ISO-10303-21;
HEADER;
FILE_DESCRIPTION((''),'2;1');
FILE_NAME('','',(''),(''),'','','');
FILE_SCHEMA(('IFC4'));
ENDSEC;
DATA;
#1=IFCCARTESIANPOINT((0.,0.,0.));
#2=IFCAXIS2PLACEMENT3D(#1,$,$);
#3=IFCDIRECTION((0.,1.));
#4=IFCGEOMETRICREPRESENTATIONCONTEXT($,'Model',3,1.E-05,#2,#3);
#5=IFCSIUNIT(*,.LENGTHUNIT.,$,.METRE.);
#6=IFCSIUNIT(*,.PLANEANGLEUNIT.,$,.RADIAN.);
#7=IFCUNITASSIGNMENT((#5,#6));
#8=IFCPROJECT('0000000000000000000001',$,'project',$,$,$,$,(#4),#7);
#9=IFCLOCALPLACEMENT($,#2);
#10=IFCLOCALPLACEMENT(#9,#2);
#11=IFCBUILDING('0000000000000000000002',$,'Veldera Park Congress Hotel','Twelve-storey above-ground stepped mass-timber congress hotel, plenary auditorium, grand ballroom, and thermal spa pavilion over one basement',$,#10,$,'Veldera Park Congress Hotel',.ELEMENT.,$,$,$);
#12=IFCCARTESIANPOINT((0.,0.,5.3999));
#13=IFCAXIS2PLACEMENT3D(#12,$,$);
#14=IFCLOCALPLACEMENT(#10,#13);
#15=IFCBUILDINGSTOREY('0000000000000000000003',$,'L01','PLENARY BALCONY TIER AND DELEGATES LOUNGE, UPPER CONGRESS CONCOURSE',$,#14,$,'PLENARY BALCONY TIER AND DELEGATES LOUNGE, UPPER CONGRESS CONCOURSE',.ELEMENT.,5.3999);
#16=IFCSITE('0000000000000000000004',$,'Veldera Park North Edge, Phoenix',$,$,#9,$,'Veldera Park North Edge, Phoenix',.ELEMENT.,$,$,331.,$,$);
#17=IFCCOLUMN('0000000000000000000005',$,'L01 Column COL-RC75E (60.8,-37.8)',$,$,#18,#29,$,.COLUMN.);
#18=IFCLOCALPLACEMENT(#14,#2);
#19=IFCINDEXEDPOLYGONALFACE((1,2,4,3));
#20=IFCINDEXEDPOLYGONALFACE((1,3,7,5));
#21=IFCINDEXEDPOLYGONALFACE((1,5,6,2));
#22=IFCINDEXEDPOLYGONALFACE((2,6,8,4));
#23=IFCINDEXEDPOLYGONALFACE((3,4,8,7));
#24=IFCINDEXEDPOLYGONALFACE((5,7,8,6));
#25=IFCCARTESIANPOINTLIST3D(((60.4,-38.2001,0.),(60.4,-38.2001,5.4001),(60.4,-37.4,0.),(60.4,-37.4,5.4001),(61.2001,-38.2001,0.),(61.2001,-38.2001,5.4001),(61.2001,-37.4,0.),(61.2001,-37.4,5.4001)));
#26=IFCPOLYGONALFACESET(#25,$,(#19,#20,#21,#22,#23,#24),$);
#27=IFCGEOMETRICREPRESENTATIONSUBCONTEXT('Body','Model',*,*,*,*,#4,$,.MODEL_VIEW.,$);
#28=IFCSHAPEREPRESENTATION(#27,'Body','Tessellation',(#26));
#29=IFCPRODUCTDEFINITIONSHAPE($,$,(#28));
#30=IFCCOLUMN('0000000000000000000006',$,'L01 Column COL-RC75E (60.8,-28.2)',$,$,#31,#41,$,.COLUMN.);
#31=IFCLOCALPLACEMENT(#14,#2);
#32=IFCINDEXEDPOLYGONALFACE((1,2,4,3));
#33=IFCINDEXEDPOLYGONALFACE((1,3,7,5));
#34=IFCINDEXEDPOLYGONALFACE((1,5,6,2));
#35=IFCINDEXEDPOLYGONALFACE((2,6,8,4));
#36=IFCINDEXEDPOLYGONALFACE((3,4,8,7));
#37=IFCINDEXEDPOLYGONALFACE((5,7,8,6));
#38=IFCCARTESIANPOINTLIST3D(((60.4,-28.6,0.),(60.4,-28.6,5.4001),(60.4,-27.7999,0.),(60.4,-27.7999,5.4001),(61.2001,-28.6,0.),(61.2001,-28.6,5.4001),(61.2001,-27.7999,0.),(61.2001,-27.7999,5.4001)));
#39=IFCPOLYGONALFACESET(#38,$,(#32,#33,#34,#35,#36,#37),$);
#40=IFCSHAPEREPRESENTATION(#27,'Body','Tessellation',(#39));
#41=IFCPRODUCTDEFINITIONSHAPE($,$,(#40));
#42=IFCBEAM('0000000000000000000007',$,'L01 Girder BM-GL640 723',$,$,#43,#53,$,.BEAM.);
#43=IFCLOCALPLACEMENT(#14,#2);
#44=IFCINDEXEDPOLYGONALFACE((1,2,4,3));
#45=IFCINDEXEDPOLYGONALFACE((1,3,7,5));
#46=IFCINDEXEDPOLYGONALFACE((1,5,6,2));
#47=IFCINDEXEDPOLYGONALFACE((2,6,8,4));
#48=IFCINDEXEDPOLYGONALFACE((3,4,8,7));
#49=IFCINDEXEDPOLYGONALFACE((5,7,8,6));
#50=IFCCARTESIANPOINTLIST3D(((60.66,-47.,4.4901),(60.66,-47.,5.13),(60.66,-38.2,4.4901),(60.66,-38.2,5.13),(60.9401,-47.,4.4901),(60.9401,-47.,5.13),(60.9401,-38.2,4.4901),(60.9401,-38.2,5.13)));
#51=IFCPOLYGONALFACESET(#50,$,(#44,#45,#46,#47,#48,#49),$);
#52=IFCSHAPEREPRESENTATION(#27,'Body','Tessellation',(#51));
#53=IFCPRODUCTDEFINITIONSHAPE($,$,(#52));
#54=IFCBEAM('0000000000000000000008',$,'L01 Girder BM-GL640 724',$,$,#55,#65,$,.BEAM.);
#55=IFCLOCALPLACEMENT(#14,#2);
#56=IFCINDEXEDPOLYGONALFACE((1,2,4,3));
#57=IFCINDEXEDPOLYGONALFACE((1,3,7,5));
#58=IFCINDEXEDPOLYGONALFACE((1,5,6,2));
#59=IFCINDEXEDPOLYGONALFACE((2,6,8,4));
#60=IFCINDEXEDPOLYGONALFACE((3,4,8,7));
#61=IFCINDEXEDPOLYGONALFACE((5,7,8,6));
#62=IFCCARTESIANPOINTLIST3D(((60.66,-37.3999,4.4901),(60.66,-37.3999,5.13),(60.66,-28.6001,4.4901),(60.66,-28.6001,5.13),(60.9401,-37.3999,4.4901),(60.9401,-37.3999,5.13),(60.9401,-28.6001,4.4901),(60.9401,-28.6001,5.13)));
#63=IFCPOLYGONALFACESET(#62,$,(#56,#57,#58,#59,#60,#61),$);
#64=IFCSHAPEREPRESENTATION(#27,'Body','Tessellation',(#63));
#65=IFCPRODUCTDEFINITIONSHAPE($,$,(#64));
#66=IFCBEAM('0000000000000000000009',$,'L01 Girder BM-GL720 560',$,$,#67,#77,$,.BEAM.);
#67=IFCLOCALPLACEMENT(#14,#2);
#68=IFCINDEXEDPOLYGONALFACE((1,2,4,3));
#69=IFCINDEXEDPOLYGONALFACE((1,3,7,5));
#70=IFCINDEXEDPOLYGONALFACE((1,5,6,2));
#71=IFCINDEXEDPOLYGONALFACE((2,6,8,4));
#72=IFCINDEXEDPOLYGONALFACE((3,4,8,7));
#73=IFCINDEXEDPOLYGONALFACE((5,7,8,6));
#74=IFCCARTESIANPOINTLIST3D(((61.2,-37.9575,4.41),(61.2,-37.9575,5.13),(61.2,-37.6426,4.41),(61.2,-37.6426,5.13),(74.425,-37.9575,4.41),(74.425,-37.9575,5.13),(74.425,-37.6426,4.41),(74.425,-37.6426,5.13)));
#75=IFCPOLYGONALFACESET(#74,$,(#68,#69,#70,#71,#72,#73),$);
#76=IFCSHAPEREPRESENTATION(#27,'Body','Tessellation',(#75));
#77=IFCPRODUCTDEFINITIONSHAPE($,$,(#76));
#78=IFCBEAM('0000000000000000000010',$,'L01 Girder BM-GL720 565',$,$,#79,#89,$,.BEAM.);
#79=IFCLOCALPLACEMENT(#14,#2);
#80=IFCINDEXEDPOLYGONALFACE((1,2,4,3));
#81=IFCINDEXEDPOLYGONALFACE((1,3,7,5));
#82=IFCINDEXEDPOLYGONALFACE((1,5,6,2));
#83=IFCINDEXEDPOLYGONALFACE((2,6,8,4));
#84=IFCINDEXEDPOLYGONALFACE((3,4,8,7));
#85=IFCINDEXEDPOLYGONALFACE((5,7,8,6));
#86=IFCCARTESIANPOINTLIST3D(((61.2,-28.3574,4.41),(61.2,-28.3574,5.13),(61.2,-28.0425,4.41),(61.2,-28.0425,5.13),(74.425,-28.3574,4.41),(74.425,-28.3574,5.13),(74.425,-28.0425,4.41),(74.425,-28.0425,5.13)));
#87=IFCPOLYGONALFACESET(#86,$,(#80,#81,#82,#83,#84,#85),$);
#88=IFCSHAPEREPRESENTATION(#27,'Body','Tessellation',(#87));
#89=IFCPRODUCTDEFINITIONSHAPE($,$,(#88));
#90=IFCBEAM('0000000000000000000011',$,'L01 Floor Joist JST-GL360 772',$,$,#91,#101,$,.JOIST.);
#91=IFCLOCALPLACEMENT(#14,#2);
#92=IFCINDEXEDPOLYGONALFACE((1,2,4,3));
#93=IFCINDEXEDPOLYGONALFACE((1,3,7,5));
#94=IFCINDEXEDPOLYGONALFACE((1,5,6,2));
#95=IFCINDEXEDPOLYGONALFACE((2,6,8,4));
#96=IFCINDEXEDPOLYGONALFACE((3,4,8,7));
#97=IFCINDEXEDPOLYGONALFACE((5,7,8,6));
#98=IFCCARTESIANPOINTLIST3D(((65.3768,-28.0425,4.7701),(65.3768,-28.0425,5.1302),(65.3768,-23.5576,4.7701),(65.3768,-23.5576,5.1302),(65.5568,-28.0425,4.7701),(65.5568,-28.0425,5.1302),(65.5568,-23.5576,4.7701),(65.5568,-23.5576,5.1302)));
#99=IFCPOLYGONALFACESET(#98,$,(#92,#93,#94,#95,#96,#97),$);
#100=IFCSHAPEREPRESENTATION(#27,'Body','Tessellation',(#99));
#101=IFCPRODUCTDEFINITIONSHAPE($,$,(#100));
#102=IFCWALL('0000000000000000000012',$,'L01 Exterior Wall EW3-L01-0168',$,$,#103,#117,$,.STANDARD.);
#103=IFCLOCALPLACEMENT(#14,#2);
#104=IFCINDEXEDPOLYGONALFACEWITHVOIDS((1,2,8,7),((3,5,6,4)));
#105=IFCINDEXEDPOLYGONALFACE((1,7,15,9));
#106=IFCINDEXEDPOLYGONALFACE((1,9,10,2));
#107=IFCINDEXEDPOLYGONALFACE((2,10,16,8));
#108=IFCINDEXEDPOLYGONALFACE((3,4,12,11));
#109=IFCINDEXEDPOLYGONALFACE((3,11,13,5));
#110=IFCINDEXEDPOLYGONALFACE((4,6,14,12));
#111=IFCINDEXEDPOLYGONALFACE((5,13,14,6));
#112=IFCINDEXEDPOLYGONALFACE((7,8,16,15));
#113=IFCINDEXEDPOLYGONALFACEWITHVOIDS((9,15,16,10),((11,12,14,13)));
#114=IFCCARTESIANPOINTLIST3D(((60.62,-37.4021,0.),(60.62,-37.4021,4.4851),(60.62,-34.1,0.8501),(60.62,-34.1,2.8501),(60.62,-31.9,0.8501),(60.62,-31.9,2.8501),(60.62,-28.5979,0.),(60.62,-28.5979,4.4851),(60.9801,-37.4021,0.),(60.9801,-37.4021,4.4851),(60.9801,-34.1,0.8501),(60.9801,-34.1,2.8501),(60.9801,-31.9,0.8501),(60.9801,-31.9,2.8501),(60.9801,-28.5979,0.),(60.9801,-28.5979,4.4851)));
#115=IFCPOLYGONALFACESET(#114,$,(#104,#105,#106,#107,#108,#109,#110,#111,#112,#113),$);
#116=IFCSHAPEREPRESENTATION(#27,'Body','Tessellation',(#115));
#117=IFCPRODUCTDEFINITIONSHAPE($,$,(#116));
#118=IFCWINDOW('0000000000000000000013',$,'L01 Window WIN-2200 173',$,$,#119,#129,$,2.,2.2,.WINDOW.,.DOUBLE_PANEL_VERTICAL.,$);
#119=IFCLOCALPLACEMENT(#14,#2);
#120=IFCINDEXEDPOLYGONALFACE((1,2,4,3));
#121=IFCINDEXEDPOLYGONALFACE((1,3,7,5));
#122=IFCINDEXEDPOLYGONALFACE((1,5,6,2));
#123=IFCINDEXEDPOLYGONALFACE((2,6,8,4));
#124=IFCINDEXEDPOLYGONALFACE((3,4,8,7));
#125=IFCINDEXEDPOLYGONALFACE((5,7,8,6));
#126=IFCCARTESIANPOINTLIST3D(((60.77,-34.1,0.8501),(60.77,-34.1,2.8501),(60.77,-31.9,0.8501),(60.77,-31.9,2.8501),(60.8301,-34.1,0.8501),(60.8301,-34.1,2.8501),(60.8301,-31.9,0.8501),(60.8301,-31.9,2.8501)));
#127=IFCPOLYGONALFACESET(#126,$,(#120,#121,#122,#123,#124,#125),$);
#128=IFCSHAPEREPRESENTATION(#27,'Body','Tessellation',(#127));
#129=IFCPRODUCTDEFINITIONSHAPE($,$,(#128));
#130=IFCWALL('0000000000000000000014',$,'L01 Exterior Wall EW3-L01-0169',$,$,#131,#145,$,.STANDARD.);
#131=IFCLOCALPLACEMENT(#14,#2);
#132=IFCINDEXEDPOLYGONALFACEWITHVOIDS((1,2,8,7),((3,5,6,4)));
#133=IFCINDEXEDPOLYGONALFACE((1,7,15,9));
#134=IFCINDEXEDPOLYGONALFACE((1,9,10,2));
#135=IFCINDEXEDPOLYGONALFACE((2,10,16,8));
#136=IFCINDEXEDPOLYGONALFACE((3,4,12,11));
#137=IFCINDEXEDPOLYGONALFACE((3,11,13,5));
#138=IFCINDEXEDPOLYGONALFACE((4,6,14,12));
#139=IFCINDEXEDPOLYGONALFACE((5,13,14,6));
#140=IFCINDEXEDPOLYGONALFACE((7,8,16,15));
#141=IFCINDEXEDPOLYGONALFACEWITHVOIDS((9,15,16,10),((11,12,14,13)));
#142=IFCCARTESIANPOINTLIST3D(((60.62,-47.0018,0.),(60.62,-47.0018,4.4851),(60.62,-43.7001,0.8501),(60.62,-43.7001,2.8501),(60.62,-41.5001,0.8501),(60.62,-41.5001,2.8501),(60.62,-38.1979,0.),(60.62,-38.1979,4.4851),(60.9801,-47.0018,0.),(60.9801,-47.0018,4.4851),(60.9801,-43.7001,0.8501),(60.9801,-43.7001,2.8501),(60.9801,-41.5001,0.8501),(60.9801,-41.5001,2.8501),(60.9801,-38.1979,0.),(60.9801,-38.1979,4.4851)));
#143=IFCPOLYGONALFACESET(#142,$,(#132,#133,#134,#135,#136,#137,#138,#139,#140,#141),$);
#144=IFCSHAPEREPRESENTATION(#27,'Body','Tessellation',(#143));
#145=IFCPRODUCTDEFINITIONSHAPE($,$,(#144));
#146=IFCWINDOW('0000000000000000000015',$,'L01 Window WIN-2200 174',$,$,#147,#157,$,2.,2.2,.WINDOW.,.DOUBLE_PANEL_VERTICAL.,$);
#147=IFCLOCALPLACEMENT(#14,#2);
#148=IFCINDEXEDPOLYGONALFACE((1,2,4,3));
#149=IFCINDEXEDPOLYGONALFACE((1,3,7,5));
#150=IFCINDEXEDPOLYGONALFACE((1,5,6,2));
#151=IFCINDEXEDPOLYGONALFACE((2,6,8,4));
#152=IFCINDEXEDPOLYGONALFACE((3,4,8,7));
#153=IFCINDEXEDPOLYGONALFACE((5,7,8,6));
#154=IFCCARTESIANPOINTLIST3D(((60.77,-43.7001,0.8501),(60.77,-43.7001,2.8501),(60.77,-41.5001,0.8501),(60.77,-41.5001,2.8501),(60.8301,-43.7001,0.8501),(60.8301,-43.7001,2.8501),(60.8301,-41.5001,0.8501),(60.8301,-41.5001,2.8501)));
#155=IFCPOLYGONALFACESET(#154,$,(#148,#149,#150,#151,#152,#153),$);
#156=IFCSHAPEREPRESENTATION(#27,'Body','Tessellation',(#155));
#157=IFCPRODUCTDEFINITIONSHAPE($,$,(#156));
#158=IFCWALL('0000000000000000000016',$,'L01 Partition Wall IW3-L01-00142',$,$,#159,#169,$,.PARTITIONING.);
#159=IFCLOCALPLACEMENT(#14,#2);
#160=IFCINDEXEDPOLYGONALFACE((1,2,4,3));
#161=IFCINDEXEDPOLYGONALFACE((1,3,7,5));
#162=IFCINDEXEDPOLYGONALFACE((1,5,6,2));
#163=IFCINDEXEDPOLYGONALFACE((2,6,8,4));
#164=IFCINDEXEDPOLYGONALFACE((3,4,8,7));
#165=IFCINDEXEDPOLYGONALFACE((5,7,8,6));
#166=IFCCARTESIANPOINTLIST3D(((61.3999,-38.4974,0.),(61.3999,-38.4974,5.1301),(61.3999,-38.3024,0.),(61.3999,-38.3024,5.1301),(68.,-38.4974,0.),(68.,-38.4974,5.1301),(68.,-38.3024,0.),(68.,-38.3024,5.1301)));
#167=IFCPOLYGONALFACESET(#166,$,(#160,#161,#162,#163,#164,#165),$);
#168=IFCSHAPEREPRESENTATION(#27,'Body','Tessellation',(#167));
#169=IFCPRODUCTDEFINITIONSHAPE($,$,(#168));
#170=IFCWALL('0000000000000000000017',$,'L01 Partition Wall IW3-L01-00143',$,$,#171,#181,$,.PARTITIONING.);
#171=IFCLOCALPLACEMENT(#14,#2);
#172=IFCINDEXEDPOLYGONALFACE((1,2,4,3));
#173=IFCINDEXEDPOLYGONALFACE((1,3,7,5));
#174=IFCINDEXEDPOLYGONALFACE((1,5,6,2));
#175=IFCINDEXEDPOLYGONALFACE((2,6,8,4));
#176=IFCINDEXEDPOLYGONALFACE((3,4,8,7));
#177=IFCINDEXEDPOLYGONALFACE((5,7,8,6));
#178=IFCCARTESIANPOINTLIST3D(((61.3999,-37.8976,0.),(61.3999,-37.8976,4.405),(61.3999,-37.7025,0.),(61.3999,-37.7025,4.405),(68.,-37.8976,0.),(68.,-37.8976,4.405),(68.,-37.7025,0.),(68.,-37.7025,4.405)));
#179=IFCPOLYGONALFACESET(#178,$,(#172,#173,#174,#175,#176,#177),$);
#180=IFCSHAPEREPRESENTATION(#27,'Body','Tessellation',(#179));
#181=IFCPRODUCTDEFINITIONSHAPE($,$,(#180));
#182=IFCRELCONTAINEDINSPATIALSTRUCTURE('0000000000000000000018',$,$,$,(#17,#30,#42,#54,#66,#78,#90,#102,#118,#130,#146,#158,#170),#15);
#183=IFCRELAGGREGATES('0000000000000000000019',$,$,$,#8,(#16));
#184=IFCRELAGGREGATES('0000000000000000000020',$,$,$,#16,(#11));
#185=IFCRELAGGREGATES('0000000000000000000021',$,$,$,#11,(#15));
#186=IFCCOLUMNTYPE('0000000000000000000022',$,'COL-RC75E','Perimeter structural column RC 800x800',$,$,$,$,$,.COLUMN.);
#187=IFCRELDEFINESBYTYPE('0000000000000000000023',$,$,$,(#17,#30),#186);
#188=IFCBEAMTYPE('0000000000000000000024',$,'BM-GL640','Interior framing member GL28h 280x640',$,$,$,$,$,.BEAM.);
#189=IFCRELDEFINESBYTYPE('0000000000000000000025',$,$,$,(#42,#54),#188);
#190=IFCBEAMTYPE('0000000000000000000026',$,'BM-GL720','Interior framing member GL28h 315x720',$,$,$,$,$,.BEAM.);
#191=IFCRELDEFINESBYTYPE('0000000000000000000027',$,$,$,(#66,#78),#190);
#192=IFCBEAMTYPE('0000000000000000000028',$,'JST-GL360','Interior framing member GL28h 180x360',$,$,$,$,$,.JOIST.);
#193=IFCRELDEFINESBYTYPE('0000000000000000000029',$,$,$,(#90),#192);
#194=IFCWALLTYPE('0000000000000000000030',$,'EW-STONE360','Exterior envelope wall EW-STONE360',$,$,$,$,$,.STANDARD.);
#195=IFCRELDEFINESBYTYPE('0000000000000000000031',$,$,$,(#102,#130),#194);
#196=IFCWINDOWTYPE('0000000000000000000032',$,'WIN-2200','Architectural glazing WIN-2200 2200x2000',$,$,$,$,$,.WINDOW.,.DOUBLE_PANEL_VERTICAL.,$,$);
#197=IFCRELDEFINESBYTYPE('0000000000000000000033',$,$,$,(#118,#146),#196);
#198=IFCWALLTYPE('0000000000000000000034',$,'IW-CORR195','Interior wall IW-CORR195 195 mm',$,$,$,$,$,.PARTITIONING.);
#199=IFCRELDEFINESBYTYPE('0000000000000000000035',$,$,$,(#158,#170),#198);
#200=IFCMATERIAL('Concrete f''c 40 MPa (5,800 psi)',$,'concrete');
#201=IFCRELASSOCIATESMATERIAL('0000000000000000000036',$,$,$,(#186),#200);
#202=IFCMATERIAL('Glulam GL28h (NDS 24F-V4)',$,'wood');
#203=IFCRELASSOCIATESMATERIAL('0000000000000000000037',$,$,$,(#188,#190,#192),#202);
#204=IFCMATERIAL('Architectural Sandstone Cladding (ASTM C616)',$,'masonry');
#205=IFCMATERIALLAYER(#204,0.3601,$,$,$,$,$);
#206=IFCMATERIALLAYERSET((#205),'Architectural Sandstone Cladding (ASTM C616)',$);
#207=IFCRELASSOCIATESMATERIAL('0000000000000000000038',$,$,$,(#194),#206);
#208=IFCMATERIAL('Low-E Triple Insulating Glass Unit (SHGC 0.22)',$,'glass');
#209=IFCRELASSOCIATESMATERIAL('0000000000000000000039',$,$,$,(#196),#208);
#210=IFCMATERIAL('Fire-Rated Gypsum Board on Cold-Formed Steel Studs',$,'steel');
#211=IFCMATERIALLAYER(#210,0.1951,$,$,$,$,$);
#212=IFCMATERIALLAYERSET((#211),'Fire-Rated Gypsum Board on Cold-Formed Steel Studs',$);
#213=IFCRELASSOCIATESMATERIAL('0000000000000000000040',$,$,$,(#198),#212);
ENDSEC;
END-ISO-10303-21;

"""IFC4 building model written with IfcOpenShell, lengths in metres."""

from ifc_helpers import new_model, si_unit, direction, frame, frame_2d, origin, origin_2d, place, context, subcontext, project, spatial, rectangle, extrude, material, layer, layer_set, material_profile, profile_set, type_object, element, fill, save


model = new_model("IFC4")

# Units and contexts
model_context = context("Model", 3, precision=1e-05, world=origin(), true_north=direction((0.0, 1.0)))
body_context = subcontext(model_context, "Body", "Model", "MODEL_VIEW")
ifc_project = project(units=[si_unit("LENGTHUNIT", "METRE"), si_unit("PLANEANGLEUNIT", "RADIAN")], contexts=[model_context])

# Site, building, storey
site_placement = place(None, origin())
site = spatial("IfcSite", under=ifc_project, at=site_placement, Name="Veldera Park North Edge, Phoenix", LongName="Veldera Park North Edge, Phoenix", CompositionType="ELEMENT", RefElevation=331.0)
building_placement = place(site_placement, origin())
building = spatial("IfcBuilding", under=site, at=building_placement, Name="Veldera Park Congress Hotel", Description="Twelve-storey above-ground stepped mass-timber congress hotel, plenary auditorium, grand ballroom, and thermal spa pavilion over one basement", LongName="Veldera Park Congress Hotel", CompositionType="ELEMENT")
storey_placement = place(building_placement, frame((0.0, 0.0, 5.3999)))
storey = spatial("IfcBuildingStorey", under=building, at=storey_placement, Name="L01", Description="PLENARY BALCONY TIER AND DELEGATES LOUNGE, UPPER CONGRESS CONCOURSE", LongName="PLENARY BALCONY TIER AND DELEGATES LOUNGE, UPPER CONGRESS CONCOURSE", CompositionType="ELEMENT", Elevation=5.3999)

# Columns
ifc_material_1 = material(Name="Concrete f'c 40 MPa (5,800 psi)", Category="concrete")
ifc_material_profile_1 = material_profile(ifc_material_1, rectangle(XDim=0.8, YDim=0.8, at=origin_2d()), Name="RC 800x800")
ifc_profile_set_1 = profile_set([ifc_material_profile_1], Name="Concrete f'c 40 MPa (5,800 psi)")
column_type = type_object("IfcColumnType", Name="COL-RC75E", Description="Perimeter structural column RC 800x800", PredefinedType="COLUMN", material=ifc_profile_set_1)
for number, where, z_axis, x_axis, name in (
    (1, (60.8, -37.8, 0.0), (0.0, 0.0, 1.0), (1.0, 0.0, 0.0), "L01 Column COL-RC75E (60.8,-37.8)"),
    (2, (60.8, -28.2, 0.0), (0.0, 0.0, 1.0), (1.0, 0.0, 0.0), "L01 Column COL-RC75E (60.8,-28.2)"),
):
    element("IfcColumn", number, at=place(storey_placement, frame(where, z_axis=z_axis, x_axis=x_axis)), inside=storey, type_object=column_type, Name=name, PredefinedType="COLUMN", context=body_context, shape_type="SweptSolid", body=[
        extrude(rectangle(XDim=0.8, YDim=0.8, at=origin_2d()), origin(), (0.0, 0.0, 1.0), 5.4001),
    ])

# Beams
ifc_material_2 = material(Name="Glulam GL28h (NDS 24F-V4)", Category="wood")
ifc_material_profile_2 = material_profile(ifc_material_2, rectangle(XDim=0.28, YDim=0.6399, at=origin_2d()), Name="GL28h 280x640")
ifc_profile_set_2 = profile_set([ifc_material_profile_2], Name="Glulam GL28h (NDS 24F-V4)")
beam_type_1 = type_object("IfcBeamType", Name="BM-GL640", Description="Interior framing member GL28h 280x640", PredefinedType="BEAM", material=ifc_profile_set_2)
beam_1_placement = place(storey_placement, frame((60.8, -47.0, 4.8101), z_axis=(0.0, 1.0, 0.0), x_axis=(-1.0, 0.0, 0.0)))
element("IfcBeam", 3, at=beam_1_placement, inside=storey, type_object=beam_type_1, Name="L01 Girder BM-GL640 723", PredefinedType="BEAM", context=body_context, shape_type="SweptSolid", body=[
    extrude(rectangle(XDim=0.28, YDim=0.6399, at=origin_2d()), origin(), (0.0, 0.0, 1.0), 8.8),
])
beam_2_placement = place(storey_placement, frame((60.8, -37.3999, 4.8101), z_axis=(0.0, 1.0, 0.0), x_axis=(-1.0, 0.0, 0.0)))
element("IfcBeam", 4, at=beam_2_placement, inside=storey, type_object=beam_type_1, Name="L01 Girder BM-GL640 724", PredefinedType="BEAM", context=body_context, shape_type="SweptSolid", body=[
    extrude(rectangle(XDim=0.28, YDim=0.6399, at=origin_2d()), origin(), (0.0, 0.0, 1.0), 8.7998),
])
ifc_material_profile_3 = material_profile(ifc_material_2, rectangle(XDim=0.3149, YDim=0.72, at=origin_2d()), Name="GL28h 315x720")
ifc_profile_set_3 = profile_set([ifc_material_profile_3], Name="Glulam GL28h (NDS 24F-V4)")
beam_type_2 = type_object("IfcBeamType", Name="BM-GL720", Description="Interior framing member GL28h 315x720", PredefinedType="BEAM", material=ifc_profile_set_3)
for number, where, z_axis, x_axis, name in (
    (5, (61.2, -37.8, 4.77), (1.0, 0.0, 0.0), (0.0, 1.0, 0.0), "L01 Girder BM-GL720 560"),
    (6, (61.2, -28.2, 4.77), (1.0, 0.0, 0.0), (0.0, 1.0, 0.0), "L01 Girder BM-GL720 565"),
):
    element("IfcBeam", number, at=place(storey_placement, frame(where, z_axis=z_axis, x_axis=x_axis)), inside=storey, type_object=beam_type_2, Name=name, PredefinedType="BEAM", context=body_context, shape_type="SweptSolid", body=[
        extrude(rectangle(XDim=0.3149, YDim=0.72, at=origin_2d()), origin(), (0.0, 0.0, 1.0), 13.2251),
    ])
ifc_material_profile_4 = material_profile(ifc_material_2, rectangle(XDim=0.1799, YDim=0.3601, at=origin_2d()), Name="GL28h 180x360")
ifc_profile_set_4 = profile_set([ifc_material_profile_4], Name="Glulam GL28h (NDS 24F-V4)")
beam_type_3 = type_object("IfcBeamType", Name="JST-GL360", Description="Interior framing member GL28h 180x360", PredefinedType="JOIST", material=ifc_profile_set_4)
beam_3_placement = place(storey_placement, frame((65.4668, -28.0425, 4.9502), z_axis=(0.0, 1.0, 0.0), x_axis=(-1.0, 0.0, 0.0)))
element("IfcBeam", 7, at=beam_3_placement, inside=storey, type_object=beam_type_3, Name="L01 Floor Joist JST-GL360 772", PredefinedType="JOIST", context=body_context, shape_type="SweptSolid", body=[
    extrude(rectangle(XDim=0.1799, YDim=0.3601, at=origin_2d()), origin(), (0.0, 0.0, 1.0), 4.4849),
])

# Walls, openings, windows
ifc_material_3 = material(Name="Architectural Sandstone Cladding (ASTM C616)", Category="masonry")
ifc_layer_1 = layer(ifc_material_3, 0.3601)
ifc_layer_set_1 = layer_set([ifc_layer_1], Name="Architectural Sandstone Cladding (ASTM C616)")
wall_type_1 = type_object("IfcWallType", Name="EW-STONE360", Description="Exterior envelope wall EW-STONE360", PredefinedType="STANDARD", material=ifc_layer_set_1)
wall_1_placement = place(storey_placement, frame((60.8, -28.5979, 0.0), z_axis=(0.0, 0.0, 1.0), x_axis=(0.0, -1.0, 0.0)))
wall_1 = element("IfcWall", 8, at=wall_1_placement, inside=storey, type_object=wall_type_1, Name="L01 Exterior Wall EW3-L01-0168", PredefinedType="STANDARD", context=body_context, shape_type="SweptSolid", body=[
    extrude(rectangle(XDim=8.8042, YDim=0.3601, at=frame_2d((4.4021, 0.0))), origin(), (0.0, 0.0, 1.0), 4.4851),
])
opening_1_placement = place(wall_1_placement, frame((3.302, 0.0, 0.8501)))
opening_1 = element("IfcOpeningElement", 9, at=opening_1_placement, cuts=wall_1, PredefinedType="OPENING", context=body_context, shape_type="SweptSolid", body=[
    extrude(rectangle(XDim=2.2, YDim=2.0, at=frame_2d((1.1001, 1.0))), frame((0.0, 0.1921, 0.0), z_axis=(0.0, -1.0, 0.0), x_axis=(1.0, 0.0, 0.0)), (0.0, 0.0, 1.0), 0.384),
])
ifc_material_4 = material(Name="Low-E Triple Insulating Glass Unit (SHGC 0.22)", Category="glass")
window_type = type_object("IfcWindowType", Name="WIN-2200", Description="Architectural glazing WIN-2200 2200x2000", PartitioningType="DOUBLE_PANEL_VERTICAL", PredefinedType="WINDOW", material=ifc_material_4)
window_1_placement = place(opening_1_placement, origin())
window_1 = element("IfcWindow", 10, at=window_1_placement, inside=storey, type_object=window_type, Name="L01 Window WIN-2200 173", OverallHeight=2.0, OverallWidth=2.2, PartitioningType="DOUBLE_PANEL_VERTICAL", PredefinedType="WINDOW", context=body_context, shape_type="SweptSolid", body=[
    extrude(rectangle(XDim=2.2, YDim=2.0, at=frame_2d((1.1001, 1.0))), frame((0.0, 0.03, 0.0), z_axis=(0.0, -1.0, 0.0), x_axis=(1.0, 0.0, 0.0)), (0.0, 0.0, 1.0), 0.0601),
])
fill(opening_1, window_1)
wall_2_placement = place(storey_placement, frame((60.8, -38.198, 0.0), z_axis=(0.0, 0.0, 1.0), x_axis=(0.0, -1.0, 0.0)))
wall_2 = element("IfcWall", 11, at=wall_2_placement, inside=storey, type_object=wall_type_1, Name="L01 Exterior Wall EW3-L01-0169", PredefinedType="STANDARD", context=body_context, shape_type="SweptSolid", body=[
    extrude(rectangle(XDim=8.804, YDim=0.3601, at=frame_2d((4.4019, 0.0))), origin(), (0.0, 0.0, 1.0), 4.4851),
])
opening_2_placement = place(wall_2_placement, frame((3.302, 0.0, 0.8501)))
opening_2 = element("IfcOpeningElement", 12, at=opening_2_placement, cuts=wall_2, PredefinedType="OPENING", context=body_context, shape_type="SweptSolid", body=[
    extrude(rectangle(XDim=2.2, YDim=2.0, at=frame_2d((1.1001, 1.0))), frame((0.0, 0.1921, 0.0), z_axis=(0.0, -1.0, 0.0), x_axis=(1.0, 0.0, 0.0)), (0.0, 0.0, 1.0), 0.384),
])
window_2_placement = place(opening_2_placement, origin())
window_2 = element("IfcWindow", 13, at=window_2_placement, inside=storey, type_object=window_type, Name="L01 Window WIN-2200 174", OverallHeight=2.0, OverallWidth=2.2, PartitioningType="DOUBLE_PANEL_VERTICAL", PredefinedType="WINDOW", context=body_context, shape_type="SweptSolid", body=[
    extrude(rectangle(XDim=2.2, YDim=2.0, at=frame_2d((1.1001, 1.0))), frame((0.0, 0.03, 0.0), z_axis=(0.0, -1.0, 0.0), x_axis=(1.0, 0.0, 0.0)), (0.0, 0.0, 1.0), 0.0601),
])
fill(opening_2, window_2)

# Walls
ifc_material_5 = material(Name="Fire-Rated Gypsum Board on Cold-Formed Steel Studs", Category="steel")
ifc_layer_2 = layer(ifc_material_5, 0.1951)
ifc_layer_set_2 = layer_set([ifc_layer_2], Name="Fire-Rated Gypsum Board on Cold-Formed Steel Studs")
wall_type_2 = type_object("IfcWallType", Name="IW-CORR195", Description="Interior wall IW-CORR195 195 mm", PredefinedType="PARTITIONING", material=ifc_layer_set_2)
wall_3_placement = place(storey_placement, frame((68.0, -38.3999, 0.0), z_axis=(0.0, 0.0, 1.0), x_axis=(-1.0, 0.0, 0.0)))
element("IfcWall", 14, at=wall_3_placement, inside=storey, type_object=wall_type_2, Name="L01 Partition Wall IW3-L01-00142", PredefinedType="PARTITIONING", context=body_context, shape_type="SweptSolid", body=[
    extrude(rectangle(XDim=6.6001, YDim=0.1951, at=frame_2d((3.3, 0.0))), origin(), (0.0, 0.0, 1.0), 5.1301),
])
wall_4_placement = place(storey_placement, frame((61.3999, -37.8, 0.0), z_axis=(0.0, 0.0, 1.0), x_axis=(1.0, 0.0, 0.0)))
element("IfcWall", 15, at=wall_4_placement, inside=storey, type_object=wall_type_2, Name="L01 Partition Wall IW3-L01-00143", PredefinedType="PARTITIONING", context=body_context, shape_type="SweptSolid", body=[
    extrude(rectangle(XDim=6.6001, YDim=0.1951, at=frame_2d((3.3, 0.0))), origin(), (0.0, 0.0, 1.0), 4.405),
])

save(model, "model.ifc")
